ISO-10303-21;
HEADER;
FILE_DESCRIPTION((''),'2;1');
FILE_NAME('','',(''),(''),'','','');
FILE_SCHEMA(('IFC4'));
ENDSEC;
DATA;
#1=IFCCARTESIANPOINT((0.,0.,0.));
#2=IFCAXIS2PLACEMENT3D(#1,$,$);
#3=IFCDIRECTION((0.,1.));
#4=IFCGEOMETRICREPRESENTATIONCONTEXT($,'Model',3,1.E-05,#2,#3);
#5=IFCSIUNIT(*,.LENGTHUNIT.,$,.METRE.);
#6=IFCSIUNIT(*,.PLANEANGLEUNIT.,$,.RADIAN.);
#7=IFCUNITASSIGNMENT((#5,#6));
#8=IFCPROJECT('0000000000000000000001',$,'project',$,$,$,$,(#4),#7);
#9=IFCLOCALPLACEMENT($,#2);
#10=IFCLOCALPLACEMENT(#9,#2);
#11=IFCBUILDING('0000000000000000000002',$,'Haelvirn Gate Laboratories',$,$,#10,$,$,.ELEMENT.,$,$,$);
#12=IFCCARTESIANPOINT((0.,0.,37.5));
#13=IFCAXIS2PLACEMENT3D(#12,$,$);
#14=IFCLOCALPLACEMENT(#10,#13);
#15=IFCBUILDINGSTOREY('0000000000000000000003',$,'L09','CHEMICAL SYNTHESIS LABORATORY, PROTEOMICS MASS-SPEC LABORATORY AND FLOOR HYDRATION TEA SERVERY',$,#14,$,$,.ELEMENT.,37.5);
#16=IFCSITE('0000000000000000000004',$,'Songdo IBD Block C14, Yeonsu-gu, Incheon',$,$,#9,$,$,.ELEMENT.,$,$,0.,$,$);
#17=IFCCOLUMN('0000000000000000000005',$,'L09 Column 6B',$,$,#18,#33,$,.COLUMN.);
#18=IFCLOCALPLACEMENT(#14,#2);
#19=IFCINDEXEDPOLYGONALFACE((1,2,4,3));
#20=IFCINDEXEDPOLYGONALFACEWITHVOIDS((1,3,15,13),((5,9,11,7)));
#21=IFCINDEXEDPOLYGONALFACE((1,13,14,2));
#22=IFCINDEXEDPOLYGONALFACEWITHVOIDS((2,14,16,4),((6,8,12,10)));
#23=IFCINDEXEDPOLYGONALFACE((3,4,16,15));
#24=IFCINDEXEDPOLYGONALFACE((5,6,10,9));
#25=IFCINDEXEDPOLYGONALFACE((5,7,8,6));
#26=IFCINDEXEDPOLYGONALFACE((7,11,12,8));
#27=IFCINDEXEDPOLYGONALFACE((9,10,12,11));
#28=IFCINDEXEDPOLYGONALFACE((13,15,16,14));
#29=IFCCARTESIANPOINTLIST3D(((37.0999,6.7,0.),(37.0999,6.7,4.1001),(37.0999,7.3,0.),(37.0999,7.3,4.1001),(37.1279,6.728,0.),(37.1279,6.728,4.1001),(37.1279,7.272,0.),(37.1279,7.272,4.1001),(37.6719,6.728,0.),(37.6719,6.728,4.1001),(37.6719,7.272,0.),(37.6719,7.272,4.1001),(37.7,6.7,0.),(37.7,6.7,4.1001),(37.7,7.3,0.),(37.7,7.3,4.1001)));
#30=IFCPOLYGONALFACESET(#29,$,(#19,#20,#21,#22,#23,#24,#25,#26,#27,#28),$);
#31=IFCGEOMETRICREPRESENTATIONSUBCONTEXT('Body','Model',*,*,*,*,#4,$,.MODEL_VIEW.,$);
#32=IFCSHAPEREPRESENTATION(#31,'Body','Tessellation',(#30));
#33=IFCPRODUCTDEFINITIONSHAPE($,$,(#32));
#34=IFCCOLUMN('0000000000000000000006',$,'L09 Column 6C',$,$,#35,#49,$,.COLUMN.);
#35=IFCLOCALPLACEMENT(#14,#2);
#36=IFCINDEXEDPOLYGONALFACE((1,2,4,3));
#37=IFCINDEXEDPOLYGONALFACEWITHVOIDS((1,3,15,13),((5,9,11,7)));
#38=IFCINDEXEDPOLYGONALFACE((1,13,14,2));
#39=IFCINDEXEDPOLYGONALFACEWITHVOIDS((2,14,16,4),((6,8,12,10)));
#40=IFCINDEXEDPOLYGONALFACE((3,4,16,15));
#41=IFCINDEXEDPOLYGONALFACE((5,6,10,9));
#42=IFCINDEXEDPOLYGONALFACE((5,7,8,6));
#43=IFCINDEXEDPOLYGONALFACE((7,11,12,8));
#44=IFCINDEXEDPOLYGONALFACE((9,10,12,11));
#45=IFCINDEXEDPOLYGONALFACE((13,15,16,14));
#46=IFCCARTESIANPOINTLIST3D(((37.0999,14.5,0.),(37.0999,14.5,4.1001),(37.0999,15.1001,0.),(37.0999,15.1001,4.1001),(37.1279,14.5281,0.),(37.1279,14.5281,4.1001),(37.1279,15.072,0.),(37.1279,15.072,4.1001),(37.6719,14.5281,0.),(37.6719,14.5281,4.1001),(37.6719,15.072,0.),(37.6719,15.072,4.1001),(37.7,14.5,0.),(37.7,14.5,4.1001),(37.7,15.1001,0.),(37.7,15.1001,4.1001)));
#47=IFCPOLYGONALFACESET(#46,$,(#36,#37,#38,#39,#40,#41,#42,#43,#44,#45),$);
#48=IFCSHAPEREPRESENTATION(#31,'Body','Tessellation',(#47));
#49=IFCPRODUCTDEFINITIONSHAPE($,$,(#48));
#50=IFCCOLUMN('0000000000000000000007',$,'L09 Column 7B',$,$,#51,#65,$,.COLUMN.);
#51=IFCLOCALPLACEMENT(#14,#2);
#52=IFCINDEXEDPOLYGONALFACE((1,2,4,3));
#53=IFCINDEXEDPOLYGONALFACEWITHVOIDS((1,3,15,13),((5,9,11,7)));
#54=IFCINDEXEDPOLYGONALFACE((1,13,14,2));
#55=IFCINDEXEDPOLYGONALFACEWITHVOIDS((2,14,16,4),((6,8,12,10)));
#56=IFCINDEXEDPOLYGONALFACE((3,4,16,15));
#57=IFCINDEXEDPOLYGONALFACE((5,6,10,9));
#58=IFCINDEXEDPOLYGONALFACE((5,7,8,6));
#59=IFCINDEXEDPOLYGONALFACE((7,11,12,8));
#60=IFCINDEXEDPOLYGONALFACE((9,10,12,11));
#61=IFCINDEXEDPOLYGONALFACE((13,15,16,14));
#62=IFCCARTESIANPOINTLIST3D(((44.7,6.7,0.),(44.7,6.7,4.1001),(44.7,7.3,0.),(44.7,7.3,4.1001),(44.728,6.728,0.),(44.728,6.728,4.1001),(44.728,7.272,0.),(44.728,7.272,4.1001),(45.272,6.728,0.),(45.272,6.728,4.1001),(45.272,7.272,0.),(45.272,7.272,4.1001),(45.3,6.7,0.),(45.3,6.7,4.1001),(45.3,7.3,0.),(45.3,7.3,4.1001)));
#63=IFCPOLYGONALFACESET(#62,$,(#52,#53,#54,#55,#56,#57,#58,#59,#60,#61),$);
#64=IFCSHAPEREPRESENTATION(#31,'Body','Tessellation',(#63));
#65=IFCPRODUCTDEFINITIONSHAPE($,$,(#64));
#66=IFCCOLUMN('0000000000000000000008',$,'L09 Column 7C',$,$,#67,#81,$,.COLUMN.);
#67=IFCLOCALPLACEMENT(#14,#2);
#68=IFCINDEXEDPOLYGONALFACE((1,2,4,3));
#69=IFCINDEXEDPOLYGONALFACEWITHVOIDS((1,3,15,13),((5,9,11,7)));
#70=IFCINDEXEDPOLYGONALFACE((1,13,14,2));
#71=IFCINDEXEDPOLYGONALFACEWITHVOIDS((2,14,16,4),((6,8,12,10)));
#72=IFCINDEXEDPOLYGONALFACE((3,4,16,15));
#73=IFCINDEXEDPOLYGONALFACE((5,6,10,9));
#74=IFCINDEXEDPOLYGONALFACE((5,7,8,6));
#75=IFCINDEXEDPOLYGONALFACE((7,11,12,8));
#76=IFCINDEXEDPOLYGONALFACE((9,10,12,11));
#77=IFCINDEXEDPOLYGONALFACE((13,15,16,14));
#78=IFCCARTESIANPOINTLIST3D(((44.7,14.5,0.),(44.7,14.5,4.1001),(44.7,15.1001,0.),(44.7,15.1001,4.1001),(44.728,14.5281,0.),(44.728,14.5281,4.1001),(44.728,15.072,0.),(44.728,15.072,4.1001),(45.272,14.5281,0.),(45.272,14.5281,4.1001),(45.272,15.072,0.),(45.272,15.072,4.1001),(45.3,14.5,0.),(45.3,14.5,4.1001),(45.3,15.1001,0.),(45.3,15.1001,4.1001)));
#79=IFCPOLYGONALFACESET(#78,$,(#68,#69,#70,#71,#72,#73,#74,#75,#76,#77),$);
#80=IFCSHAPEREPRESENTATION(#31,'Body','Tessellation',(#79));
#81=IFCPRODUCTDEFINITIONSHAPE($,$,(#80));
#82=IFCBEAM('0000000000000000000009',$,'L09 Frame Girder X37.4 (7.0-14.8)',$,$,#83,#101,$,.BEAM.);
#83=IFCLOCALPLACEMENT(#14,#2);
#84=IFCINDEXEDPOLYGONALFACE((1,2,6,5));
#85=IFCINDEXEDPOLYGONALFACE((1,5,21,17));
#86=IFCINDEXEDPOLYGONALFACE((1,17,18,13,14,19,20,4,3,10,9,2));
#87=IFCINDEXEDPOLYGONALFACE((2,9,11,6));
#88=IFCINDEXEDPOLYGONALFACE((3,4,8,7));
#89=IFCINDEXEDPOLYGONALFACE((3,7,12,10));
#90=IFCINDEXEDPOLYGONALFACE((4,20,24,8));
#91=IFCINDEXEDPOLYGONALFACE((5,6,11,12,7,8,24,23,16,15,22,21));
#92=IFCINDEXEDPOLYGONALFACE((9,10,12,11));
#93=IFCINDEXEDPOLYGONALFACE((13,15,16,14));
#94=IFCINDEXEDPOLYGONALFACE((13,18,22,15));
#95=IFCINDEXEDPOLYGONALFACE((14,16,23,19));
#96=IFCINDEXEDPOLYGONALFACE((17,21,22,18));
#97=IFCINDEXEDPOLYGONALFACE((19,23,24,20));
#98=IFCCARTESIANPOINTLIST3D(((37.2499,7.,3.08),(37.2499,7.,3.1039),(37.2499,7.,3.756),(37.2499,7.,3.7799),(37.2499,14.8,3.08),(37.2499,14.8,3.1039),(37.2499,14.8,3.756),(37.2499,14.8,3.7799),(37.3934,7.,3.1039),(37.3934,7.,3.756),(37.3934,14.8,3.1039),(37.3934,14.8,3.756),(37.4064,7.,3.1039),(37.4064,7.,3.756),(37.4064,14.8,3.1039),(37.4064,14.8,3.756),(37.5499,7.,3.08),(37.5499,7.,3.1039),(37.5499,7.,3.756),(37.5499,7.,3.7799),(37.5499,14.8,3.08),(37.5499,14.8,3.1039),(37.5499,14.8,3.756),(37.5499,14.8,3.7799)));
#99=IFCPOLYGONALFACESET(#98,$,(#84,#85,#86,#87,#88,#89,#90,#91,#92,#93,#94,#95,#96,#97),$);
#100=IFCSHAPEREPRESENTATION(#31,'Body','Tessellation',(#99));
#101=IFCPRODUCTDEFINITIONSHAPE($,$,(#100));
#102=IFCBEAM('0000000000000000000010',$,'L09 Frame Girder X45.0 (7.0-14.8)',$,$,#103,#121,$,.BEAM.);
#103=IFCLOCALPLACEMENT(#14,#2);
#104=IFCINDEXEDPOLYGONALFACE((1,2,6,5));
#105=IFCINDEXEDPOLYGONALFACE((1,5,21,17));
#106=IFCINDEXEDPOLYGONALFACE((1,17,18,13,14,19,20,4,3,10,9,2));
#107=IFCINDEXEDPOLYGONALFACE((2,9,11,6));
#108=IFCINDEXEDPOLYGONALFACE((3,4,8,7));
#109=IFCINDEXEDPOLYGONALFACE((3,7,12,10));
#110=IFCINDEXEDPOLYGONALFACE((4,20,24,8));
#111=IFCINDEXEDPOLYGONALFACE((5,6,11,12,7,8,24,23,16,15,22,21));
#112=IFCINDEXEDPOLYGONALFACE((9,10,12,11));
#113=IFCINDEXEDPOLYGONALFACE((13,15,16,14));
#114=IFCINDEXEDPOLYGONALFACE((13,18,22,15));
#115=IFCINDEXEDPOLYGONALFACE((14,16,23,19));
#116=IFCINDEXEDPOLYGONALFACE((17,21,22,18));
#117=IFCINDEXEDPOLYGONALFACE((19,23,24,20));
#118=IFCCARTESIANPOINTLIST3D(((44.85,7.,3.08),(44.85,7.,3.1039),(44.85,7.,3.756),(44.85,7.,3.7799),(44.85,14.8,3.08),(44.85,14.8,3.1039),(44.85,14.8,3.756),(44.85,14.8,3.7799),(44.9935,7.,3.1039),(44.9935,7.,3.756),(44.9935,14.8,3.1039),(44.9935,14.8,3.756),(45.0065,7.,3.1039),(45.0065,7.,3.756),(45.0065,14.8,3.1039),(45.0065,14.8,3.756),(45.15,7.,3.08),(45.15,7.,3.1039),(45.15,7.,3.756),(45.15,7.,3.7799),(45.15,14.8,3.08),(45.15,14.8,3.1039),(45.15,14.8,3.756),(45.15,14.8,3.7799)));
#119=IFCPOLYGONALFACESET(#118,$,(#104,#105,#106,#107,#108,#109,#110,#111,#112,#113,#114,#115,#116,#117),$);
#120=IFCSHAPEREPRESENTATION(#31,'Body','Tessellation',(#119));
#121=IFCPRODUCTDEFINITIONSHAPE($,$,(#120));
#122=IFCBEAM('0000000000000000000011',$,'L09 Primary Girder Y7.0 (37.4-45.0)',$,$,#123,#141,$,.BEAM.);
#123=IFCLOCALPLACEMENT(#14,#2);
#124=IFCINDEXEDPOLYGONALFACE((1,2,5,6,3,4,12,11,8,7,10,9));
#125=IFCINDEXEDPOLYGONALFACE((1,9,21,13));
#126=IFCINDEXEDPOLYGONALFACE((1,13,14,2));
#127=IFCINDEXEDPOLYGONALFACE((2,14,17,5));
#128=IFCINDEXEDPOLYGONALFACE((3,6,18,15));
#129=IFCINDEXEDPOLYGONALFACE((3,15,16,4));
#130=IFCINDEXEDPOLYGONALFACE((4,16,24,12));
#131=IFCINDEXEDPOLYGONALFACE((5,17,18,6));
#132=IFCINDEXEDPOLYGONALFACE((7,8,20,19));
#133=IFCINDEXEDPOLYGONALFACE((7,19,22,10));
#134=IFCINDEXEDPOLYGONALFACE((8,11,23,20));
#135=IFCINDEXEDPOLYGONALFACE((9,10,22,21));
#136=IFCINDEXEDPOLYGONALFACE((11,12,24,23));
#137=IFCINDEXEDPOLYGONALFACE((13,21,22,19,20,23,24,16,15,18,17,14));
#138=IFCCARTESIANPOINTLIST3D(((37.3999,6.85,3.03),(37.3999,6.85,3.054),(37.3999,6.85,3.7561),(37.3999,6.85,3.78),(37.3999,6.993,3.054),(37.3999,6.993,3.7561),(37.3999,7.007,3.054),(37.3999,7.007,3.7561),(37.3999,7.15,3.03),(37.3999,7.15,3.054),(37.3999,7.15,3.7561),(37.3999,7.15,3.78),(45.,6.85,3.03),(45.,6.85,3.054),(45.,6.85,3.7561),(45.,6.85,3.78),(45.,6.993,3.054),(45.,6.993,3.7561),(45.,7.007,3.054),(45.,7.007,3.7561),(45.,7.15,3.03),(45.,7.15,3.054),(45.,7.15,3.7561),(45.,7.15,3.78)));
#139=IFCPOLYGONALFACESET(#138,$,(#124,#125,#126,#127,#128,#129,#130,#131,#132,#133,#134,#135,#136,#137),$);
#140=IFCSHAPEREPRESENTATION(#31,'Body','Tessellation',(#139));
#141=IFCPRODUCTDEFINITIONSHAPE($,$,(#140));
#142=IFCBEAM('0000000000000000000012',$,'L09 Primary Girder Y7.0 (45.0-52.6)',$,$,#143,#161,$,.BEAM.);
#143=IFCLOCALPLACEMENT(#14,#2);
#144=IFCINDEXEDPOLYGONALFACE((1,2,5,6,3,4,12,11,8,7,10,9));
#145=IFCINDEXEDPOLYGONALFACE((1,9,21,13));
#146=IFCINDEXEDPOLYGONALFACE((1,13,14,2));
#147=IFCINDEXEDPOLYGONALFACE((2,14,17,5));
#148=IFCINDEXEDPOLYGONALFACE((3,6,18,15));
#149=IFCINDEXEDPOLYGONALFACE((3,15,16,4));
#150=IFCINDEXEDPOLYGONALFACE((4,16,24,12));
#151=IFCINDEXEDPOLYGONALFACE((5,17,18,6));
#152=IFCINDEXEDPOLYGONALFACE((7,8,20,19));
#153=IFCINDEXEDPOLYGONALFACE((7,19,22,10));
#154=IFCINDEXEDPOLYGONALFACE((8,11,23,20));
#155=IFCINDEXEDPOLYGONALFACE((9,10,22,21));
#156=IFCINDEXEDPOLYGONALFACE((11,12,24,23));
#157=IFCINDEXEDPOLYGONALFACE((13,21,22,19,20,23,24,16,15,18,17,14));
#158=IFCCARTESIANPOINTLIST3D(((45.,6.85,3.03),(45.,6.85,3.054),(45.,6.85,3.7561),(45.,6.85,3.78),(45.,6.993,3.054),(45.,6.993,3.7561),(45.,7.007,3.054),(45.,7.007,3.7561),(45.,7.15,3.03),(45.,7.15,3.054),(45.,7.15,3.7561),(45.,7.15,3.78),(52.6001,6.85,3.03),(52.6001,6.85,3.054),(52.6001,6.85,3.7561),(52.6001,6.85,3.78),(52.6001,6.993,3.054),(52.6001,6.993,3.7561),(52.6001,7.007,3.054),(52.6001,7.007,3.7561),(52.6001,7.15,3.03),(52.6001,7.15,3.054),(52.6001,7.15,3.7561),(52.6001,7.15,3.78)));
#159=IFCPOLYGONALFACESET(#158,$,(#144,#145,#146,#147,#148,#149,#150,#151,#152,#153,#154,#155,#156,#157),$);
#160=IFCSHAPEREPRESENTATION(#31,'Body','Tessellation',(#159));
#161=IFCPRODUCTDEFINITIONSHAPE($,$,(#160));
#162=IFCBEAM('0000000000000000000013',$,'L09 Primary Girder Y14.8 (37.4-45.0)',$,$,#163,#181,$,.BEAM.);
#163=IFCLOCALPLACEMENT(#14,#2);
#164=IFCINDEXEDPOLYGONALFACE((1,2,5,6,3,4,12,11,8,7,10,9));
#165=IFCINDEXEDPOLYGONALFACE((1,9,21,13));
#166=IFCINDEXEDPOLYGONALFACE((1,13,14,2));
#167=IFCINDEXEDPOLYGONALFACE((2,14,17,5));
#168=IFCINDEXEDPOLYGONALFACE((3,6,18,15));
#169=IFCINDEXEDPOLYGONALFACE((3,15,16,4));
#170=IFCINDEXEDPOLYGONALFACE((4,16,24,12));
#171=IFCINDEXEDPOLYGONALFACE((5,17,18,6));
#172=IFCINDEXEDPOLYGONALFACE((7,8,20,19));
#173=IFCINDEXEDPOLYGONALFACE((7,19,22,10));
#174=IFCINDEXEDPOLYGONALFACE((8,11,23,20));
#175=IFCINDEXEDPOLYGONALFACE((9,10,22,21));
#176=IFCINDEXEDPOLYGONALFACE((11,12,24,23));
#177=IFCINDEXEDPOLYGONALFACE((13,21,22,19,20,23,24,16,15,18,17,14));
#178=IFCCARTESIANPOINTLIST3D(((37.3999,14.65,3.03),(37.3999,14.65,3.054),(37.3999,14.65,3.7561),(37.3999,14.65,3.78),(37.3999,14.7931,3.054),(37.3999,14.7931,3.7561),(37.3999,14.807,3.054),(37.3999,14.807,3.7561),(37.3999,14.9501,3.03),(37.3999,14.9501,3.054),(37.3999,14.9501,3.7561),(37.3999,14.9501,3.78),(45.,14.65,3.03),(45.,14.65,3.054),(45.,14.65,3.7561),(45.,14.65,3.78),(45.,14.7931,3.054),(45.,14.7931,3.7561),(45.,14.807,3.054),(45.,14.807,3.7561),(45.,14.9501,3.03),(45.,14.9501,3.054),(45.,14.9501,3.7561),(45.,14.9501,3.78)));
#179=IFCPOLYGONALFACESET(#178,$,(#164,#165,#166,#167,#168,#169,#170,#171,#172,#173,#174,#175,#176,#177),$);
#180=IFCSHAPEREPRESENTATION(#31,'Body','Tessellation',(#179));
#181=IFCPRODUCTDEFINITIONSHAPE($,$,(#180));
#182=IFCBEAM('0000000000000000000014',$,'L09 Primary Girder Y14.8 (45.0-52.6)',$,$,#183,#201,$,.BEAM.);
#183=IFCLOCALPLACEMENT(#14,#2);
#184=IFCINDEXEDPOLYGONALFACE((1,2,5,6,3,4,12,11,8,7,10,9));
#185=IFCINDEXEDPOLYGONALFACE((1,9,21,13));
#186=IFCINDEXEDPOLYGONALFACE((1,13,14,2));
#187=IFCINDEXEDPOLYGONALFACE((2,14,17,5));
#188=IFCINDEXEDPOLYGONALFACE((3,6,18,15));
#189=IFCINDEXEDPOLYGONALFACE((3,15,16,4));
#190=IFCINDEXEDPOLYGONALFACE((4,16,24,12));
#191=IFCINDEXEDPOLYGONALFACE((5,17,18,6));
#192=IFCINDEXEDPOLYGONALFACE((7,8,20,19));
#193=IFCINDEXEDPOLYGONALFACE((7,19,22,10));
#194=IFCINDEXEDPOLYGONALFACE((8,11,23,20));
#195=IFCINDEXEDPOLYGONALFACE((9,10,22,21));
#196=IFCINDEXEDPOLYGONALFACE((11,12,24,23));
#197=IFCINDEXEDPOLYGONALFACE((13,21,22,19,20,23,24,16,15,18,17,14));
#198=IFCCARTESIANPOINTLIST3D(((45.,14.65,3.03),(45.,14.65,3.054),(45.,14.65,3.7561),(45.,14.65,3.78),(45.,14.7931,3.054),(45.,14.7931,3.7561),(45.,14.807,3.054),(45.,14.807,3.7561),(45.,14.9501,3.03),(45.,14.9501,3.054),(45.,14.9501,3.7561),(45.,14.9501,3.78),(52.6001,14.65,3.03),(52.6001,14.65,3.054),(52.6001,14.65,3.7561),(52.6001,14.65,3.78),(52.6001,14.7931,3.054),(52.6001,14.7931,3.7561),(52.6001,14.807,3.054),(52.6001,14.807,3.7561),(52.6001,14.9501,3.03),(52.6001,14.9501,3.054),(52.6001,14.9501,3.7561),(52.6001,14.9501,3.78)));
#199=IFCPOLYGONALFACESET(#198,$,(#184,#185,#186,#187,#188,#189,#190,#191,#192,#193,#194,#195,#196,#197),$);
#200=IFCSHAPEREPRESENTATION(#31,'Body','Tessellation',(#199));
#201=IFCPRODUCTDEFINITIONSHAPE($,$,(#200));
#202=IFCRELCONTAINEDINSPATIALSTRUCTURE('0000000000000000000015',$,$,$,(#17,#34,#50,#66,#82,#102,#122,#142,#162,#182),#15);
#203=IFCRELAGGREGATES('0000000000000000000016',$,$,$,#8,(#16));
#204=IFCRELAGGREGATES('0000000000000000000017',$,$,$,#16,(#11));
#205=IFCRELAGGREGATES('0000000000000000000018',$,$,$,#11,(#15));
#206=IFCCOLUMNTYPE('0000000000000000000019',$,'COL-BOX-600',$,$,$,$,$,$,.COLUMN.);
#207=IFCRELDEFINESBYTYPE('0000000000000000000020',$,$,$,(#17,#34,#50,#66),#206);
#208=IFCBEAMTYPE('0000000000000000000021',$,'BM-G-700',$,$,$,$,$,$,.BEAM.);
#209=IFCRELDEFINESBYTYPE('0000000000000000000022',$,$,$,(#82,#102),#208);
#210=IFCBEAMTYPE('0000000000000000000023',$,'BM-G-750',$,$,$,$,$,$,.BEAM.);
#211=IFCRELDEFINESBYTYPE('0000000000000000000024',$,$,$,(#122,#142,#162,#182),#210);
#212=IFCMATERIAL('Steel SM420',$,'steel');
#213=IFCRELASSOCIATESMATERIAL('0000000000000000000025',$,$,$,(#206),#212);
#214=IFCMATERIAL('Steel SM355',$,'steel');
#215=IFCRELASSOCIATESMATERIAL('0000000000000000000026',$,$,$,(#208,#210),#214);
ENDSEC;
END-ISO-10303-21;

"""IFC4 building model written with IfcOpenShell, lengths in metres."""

from ifc_helpers import new_model, si_unit, direction, frame, origin, origin_2d, place, context, subcontext, project, spatial, hollow_rectangle, i_section, extrude, source, transform, mapped, material, material_profile, profile_set, type_object, type_shapes, element, save


model = new_model("IFC4")

# Units and contexts
model_context = context("Model", 3, precision=1e-05, world=origin(), true_north=direction((0.0, 1.0)))
body_context = subcontext(model_context, "Body", "Model", "MODEL_VIEW")
ifc_project = project(units=[si_unit("LENGTHUNIT", "METRE"), si_unit("PLANEANGLEUNIT", "RADIAN")], contexts=[model_context])

# Site, building, storey
site_placement = place(None, origin())
site = spatial("IfcSite", under=ifc_project, at=site_placement, Name="Songdo IBD Block C14, Yeonsu-gu, Incheon", CompositionType="ELEMENT", RefElevation=0.0)
building_placement = place(site_placement, origin())
building = spatial("IfcBuilding", under=site, at=building_placement, Name="Haelvirn Gate Laboratories", CompositionType="ELEMENT")
storey_placement = place(building_placement, frame((0.0, 0.0, 37.5)))
storey = spatial("IfcBuildingStorey", under=building, at=storey_placement, Name="L09", Description="CHEMICAL SYNTHESIS LABORATORY, PROTEOMICS MASS-SPEC LABORATORY AND FLOOR HYDRATION TEA SERVERY", CompositionType="ELEMENT", Elevation=37.5)

# Columns
ifc_material_1 = material(Name="Steel SM420", Category="steel")
ifc_material_profile_1 = material_profile(ifc_material_1, hollow_rectangle(XDim=0.6001, YDim=0.6001, WallThickness=0.0281, at=origin_2d()), Name="BOX-600x600x28")
ifc_profile_set_1 = profile_set([ifc_material_profile_1], Name="Steel SM420")
column_type = type_object("IfcColumnType", Name="COL-BOX-600", PredefinedType="COLUMN", material=ifc_profile_set_1)
shared_shape_1 = source(origin(), body_context, "Body", "SweptSolid", [
    extrude(hollow_rectangle(XDim=0.6001, YDim=0.6001, WallThickness=0.0281, at=origin_2d()), origin(), (0.0, 0.0, 1.0), 4.1001),
])
type_shapes(column_type, [shared_shape_1])
for number, where, z_axis, x_axis, name in (
    (1, (37.3999, 7.0, 0.0), (0.0, 0.0, 1.0), (1.0, 0.0, 0.0), "L09 Column 6B"),
    (2, (37.3999, 14.8, 0.0), (0.0, 0.0, 1.0), (1.0, 0.0, 0.0), "L09 Column 6C"),
    (3, (45.0, 7.0, 0.0), (0.0, 0.0, 1.0), (1.0, 0.0, 0.0), "L09 Column 7B"),
    (4, (45.0, 14.8, 0.0), (0.0, 0.0, 1.0), (1.0, 0.0, 0.0), "L09 Column 7C"),
):
    element("IfcColumn", number, at=place(storey_placement, frame(where, z_axis=z_axis, x_axis=x_axis)), inside=storey, type_object=column_type, Name=name, PredefinedType="COLUMN", context=body_context, shape_type="MappedRepresentation", body=[
        mapped(shared_shape_1, transform((0.0, 0.0, 0.0), scale=1.0)),
    ])

# Beams
ifc_material_2 = material(Name="Steel SM355", Category="steel")
ifc_material_profile_2 = material_profile(ifc_material_2, i_section(OverallWidth=0.3, OverallDepth=0.7, WebThickness=0.0129, FlangeThickness=0.0239, at=origin_2d()), Name="H-700x300x13x24")
ifc_profile_set_2 = profile_set([ifc_material_profile_2], Name="Steel SM355")
beam_type_1 = type_object("IfcBeamType", Name="BM-G-700", PredefinedType="BEAM", material=ifc_profile_set_2)
shared_shape_2 = source(origin(), body_context, "Body", "SweptSolid", [
    extrude(i_section(OverallWidth=0.3, OverallDepth=0.7, WebThickness=0.0129, FlangeThickness=0.0239, at=origin_2d()), origin(), (0.0, 0.0, 1.0), 7.8),
])
type_shapes(beam_type_1, [shared_shape_2])
for number, where, z_axis, x_axis, name in (
    (5, (37.3999, 7.0, 3.4299), (0.0, 1.0, 0.0), (-1.0, 0.0, 0.0), "L09 Frame Girder X37.4 (7.0-14.8)"),
    (6, (45.0, 7.0, 3.4299), (0.0, 1.0, 0.0), (-1.0, 0.0, 0.0), "L09 Frame Girder X45.0 (7.0-14.8)"),
):
    element("IfcBeam", number, at=place(storey_placement, frame(where, z_axis=z_axis, x_axis=x_axis)), inside=storey, type_object=beam_type_1, Name=name, PredefinedType="BEAM", context=body_context, shape_type="MappedRepresentation", body=[
        mapped(shared_shape_2, transform((0.0, 0.0, 0.0), scale=1.0)),
    ])
ifc_material_profile_3 = material_profile(ifc_material_2, i_section(OverallWidth=0.3, OverallDepth=0.75, WebThickness=0.0139, FlangeThickness=0.0239, at=origin_2d()), Name="H-750x300x14x24")
ifc_profile_set_3 = profile_set([ifc_material_profile_3], Name="Steel SM355")
beam_type_2 = type_object("IfcBeamType", Name="BM-G-750", PredefinedType="BEAM", material=ifc_profile_set_3)
shared_shape_3 = source(origin(), body_context, "Body", "SweptSolid", [
    extrude(i_section(OverallWidth=0.3, OverallDepth=0.75, WebThickness=0.0139, FlangeThickness=0.0239, at=origin_2d()), origin(), (0.0, 0.0, 1.0), 7.6001),
])
type_shapes(beam_type_2, [shared_shape_3])
for number, where, z_axis, x_axis, name in (
    (7, (37.3999, 7.0, 3.405), (1.0, 0.0, 0.0), (0.0, 1.0, 0.0), "L09 Primary Girder Y7.0 (37.4-45.0)"),
    (8, (45.0, 7.0, 3.405), (1.0, 0.0, 0.0), (0.0, 1.0, 0.0), "L09 Primary Girder Y7.0 (45.0-52.6)"),
    (9, (37.3999, 14.8, 3.405), (1.0, 0.0, 0.0), (0.0, 1.0, 0.0), "L09 Primary Girder Y14.8 (37.4-45.0)"),
    (10, (45.0, 14.8, 3.405), (1.0, 0.0, 0.0), (0.0, 1.0, 0.0), "L09 Primary Girder Y14.8 (45.0-52.6)"),
):
    element("IfcBeam", number, at=place(storey_placement, frame(where, z_axis=z_axis, x_axis=x_axis)), inside=storey, type_object=beam_type_2, Name=name, PredefinedType="BEAM", context=body_context, shape_type="MappedRepresentation", body=[
        mapped(shared_shape_3, transform((0.0, 0.0, 0.0), scale=1.0)),
    ])

save(model, "model.ifc")
